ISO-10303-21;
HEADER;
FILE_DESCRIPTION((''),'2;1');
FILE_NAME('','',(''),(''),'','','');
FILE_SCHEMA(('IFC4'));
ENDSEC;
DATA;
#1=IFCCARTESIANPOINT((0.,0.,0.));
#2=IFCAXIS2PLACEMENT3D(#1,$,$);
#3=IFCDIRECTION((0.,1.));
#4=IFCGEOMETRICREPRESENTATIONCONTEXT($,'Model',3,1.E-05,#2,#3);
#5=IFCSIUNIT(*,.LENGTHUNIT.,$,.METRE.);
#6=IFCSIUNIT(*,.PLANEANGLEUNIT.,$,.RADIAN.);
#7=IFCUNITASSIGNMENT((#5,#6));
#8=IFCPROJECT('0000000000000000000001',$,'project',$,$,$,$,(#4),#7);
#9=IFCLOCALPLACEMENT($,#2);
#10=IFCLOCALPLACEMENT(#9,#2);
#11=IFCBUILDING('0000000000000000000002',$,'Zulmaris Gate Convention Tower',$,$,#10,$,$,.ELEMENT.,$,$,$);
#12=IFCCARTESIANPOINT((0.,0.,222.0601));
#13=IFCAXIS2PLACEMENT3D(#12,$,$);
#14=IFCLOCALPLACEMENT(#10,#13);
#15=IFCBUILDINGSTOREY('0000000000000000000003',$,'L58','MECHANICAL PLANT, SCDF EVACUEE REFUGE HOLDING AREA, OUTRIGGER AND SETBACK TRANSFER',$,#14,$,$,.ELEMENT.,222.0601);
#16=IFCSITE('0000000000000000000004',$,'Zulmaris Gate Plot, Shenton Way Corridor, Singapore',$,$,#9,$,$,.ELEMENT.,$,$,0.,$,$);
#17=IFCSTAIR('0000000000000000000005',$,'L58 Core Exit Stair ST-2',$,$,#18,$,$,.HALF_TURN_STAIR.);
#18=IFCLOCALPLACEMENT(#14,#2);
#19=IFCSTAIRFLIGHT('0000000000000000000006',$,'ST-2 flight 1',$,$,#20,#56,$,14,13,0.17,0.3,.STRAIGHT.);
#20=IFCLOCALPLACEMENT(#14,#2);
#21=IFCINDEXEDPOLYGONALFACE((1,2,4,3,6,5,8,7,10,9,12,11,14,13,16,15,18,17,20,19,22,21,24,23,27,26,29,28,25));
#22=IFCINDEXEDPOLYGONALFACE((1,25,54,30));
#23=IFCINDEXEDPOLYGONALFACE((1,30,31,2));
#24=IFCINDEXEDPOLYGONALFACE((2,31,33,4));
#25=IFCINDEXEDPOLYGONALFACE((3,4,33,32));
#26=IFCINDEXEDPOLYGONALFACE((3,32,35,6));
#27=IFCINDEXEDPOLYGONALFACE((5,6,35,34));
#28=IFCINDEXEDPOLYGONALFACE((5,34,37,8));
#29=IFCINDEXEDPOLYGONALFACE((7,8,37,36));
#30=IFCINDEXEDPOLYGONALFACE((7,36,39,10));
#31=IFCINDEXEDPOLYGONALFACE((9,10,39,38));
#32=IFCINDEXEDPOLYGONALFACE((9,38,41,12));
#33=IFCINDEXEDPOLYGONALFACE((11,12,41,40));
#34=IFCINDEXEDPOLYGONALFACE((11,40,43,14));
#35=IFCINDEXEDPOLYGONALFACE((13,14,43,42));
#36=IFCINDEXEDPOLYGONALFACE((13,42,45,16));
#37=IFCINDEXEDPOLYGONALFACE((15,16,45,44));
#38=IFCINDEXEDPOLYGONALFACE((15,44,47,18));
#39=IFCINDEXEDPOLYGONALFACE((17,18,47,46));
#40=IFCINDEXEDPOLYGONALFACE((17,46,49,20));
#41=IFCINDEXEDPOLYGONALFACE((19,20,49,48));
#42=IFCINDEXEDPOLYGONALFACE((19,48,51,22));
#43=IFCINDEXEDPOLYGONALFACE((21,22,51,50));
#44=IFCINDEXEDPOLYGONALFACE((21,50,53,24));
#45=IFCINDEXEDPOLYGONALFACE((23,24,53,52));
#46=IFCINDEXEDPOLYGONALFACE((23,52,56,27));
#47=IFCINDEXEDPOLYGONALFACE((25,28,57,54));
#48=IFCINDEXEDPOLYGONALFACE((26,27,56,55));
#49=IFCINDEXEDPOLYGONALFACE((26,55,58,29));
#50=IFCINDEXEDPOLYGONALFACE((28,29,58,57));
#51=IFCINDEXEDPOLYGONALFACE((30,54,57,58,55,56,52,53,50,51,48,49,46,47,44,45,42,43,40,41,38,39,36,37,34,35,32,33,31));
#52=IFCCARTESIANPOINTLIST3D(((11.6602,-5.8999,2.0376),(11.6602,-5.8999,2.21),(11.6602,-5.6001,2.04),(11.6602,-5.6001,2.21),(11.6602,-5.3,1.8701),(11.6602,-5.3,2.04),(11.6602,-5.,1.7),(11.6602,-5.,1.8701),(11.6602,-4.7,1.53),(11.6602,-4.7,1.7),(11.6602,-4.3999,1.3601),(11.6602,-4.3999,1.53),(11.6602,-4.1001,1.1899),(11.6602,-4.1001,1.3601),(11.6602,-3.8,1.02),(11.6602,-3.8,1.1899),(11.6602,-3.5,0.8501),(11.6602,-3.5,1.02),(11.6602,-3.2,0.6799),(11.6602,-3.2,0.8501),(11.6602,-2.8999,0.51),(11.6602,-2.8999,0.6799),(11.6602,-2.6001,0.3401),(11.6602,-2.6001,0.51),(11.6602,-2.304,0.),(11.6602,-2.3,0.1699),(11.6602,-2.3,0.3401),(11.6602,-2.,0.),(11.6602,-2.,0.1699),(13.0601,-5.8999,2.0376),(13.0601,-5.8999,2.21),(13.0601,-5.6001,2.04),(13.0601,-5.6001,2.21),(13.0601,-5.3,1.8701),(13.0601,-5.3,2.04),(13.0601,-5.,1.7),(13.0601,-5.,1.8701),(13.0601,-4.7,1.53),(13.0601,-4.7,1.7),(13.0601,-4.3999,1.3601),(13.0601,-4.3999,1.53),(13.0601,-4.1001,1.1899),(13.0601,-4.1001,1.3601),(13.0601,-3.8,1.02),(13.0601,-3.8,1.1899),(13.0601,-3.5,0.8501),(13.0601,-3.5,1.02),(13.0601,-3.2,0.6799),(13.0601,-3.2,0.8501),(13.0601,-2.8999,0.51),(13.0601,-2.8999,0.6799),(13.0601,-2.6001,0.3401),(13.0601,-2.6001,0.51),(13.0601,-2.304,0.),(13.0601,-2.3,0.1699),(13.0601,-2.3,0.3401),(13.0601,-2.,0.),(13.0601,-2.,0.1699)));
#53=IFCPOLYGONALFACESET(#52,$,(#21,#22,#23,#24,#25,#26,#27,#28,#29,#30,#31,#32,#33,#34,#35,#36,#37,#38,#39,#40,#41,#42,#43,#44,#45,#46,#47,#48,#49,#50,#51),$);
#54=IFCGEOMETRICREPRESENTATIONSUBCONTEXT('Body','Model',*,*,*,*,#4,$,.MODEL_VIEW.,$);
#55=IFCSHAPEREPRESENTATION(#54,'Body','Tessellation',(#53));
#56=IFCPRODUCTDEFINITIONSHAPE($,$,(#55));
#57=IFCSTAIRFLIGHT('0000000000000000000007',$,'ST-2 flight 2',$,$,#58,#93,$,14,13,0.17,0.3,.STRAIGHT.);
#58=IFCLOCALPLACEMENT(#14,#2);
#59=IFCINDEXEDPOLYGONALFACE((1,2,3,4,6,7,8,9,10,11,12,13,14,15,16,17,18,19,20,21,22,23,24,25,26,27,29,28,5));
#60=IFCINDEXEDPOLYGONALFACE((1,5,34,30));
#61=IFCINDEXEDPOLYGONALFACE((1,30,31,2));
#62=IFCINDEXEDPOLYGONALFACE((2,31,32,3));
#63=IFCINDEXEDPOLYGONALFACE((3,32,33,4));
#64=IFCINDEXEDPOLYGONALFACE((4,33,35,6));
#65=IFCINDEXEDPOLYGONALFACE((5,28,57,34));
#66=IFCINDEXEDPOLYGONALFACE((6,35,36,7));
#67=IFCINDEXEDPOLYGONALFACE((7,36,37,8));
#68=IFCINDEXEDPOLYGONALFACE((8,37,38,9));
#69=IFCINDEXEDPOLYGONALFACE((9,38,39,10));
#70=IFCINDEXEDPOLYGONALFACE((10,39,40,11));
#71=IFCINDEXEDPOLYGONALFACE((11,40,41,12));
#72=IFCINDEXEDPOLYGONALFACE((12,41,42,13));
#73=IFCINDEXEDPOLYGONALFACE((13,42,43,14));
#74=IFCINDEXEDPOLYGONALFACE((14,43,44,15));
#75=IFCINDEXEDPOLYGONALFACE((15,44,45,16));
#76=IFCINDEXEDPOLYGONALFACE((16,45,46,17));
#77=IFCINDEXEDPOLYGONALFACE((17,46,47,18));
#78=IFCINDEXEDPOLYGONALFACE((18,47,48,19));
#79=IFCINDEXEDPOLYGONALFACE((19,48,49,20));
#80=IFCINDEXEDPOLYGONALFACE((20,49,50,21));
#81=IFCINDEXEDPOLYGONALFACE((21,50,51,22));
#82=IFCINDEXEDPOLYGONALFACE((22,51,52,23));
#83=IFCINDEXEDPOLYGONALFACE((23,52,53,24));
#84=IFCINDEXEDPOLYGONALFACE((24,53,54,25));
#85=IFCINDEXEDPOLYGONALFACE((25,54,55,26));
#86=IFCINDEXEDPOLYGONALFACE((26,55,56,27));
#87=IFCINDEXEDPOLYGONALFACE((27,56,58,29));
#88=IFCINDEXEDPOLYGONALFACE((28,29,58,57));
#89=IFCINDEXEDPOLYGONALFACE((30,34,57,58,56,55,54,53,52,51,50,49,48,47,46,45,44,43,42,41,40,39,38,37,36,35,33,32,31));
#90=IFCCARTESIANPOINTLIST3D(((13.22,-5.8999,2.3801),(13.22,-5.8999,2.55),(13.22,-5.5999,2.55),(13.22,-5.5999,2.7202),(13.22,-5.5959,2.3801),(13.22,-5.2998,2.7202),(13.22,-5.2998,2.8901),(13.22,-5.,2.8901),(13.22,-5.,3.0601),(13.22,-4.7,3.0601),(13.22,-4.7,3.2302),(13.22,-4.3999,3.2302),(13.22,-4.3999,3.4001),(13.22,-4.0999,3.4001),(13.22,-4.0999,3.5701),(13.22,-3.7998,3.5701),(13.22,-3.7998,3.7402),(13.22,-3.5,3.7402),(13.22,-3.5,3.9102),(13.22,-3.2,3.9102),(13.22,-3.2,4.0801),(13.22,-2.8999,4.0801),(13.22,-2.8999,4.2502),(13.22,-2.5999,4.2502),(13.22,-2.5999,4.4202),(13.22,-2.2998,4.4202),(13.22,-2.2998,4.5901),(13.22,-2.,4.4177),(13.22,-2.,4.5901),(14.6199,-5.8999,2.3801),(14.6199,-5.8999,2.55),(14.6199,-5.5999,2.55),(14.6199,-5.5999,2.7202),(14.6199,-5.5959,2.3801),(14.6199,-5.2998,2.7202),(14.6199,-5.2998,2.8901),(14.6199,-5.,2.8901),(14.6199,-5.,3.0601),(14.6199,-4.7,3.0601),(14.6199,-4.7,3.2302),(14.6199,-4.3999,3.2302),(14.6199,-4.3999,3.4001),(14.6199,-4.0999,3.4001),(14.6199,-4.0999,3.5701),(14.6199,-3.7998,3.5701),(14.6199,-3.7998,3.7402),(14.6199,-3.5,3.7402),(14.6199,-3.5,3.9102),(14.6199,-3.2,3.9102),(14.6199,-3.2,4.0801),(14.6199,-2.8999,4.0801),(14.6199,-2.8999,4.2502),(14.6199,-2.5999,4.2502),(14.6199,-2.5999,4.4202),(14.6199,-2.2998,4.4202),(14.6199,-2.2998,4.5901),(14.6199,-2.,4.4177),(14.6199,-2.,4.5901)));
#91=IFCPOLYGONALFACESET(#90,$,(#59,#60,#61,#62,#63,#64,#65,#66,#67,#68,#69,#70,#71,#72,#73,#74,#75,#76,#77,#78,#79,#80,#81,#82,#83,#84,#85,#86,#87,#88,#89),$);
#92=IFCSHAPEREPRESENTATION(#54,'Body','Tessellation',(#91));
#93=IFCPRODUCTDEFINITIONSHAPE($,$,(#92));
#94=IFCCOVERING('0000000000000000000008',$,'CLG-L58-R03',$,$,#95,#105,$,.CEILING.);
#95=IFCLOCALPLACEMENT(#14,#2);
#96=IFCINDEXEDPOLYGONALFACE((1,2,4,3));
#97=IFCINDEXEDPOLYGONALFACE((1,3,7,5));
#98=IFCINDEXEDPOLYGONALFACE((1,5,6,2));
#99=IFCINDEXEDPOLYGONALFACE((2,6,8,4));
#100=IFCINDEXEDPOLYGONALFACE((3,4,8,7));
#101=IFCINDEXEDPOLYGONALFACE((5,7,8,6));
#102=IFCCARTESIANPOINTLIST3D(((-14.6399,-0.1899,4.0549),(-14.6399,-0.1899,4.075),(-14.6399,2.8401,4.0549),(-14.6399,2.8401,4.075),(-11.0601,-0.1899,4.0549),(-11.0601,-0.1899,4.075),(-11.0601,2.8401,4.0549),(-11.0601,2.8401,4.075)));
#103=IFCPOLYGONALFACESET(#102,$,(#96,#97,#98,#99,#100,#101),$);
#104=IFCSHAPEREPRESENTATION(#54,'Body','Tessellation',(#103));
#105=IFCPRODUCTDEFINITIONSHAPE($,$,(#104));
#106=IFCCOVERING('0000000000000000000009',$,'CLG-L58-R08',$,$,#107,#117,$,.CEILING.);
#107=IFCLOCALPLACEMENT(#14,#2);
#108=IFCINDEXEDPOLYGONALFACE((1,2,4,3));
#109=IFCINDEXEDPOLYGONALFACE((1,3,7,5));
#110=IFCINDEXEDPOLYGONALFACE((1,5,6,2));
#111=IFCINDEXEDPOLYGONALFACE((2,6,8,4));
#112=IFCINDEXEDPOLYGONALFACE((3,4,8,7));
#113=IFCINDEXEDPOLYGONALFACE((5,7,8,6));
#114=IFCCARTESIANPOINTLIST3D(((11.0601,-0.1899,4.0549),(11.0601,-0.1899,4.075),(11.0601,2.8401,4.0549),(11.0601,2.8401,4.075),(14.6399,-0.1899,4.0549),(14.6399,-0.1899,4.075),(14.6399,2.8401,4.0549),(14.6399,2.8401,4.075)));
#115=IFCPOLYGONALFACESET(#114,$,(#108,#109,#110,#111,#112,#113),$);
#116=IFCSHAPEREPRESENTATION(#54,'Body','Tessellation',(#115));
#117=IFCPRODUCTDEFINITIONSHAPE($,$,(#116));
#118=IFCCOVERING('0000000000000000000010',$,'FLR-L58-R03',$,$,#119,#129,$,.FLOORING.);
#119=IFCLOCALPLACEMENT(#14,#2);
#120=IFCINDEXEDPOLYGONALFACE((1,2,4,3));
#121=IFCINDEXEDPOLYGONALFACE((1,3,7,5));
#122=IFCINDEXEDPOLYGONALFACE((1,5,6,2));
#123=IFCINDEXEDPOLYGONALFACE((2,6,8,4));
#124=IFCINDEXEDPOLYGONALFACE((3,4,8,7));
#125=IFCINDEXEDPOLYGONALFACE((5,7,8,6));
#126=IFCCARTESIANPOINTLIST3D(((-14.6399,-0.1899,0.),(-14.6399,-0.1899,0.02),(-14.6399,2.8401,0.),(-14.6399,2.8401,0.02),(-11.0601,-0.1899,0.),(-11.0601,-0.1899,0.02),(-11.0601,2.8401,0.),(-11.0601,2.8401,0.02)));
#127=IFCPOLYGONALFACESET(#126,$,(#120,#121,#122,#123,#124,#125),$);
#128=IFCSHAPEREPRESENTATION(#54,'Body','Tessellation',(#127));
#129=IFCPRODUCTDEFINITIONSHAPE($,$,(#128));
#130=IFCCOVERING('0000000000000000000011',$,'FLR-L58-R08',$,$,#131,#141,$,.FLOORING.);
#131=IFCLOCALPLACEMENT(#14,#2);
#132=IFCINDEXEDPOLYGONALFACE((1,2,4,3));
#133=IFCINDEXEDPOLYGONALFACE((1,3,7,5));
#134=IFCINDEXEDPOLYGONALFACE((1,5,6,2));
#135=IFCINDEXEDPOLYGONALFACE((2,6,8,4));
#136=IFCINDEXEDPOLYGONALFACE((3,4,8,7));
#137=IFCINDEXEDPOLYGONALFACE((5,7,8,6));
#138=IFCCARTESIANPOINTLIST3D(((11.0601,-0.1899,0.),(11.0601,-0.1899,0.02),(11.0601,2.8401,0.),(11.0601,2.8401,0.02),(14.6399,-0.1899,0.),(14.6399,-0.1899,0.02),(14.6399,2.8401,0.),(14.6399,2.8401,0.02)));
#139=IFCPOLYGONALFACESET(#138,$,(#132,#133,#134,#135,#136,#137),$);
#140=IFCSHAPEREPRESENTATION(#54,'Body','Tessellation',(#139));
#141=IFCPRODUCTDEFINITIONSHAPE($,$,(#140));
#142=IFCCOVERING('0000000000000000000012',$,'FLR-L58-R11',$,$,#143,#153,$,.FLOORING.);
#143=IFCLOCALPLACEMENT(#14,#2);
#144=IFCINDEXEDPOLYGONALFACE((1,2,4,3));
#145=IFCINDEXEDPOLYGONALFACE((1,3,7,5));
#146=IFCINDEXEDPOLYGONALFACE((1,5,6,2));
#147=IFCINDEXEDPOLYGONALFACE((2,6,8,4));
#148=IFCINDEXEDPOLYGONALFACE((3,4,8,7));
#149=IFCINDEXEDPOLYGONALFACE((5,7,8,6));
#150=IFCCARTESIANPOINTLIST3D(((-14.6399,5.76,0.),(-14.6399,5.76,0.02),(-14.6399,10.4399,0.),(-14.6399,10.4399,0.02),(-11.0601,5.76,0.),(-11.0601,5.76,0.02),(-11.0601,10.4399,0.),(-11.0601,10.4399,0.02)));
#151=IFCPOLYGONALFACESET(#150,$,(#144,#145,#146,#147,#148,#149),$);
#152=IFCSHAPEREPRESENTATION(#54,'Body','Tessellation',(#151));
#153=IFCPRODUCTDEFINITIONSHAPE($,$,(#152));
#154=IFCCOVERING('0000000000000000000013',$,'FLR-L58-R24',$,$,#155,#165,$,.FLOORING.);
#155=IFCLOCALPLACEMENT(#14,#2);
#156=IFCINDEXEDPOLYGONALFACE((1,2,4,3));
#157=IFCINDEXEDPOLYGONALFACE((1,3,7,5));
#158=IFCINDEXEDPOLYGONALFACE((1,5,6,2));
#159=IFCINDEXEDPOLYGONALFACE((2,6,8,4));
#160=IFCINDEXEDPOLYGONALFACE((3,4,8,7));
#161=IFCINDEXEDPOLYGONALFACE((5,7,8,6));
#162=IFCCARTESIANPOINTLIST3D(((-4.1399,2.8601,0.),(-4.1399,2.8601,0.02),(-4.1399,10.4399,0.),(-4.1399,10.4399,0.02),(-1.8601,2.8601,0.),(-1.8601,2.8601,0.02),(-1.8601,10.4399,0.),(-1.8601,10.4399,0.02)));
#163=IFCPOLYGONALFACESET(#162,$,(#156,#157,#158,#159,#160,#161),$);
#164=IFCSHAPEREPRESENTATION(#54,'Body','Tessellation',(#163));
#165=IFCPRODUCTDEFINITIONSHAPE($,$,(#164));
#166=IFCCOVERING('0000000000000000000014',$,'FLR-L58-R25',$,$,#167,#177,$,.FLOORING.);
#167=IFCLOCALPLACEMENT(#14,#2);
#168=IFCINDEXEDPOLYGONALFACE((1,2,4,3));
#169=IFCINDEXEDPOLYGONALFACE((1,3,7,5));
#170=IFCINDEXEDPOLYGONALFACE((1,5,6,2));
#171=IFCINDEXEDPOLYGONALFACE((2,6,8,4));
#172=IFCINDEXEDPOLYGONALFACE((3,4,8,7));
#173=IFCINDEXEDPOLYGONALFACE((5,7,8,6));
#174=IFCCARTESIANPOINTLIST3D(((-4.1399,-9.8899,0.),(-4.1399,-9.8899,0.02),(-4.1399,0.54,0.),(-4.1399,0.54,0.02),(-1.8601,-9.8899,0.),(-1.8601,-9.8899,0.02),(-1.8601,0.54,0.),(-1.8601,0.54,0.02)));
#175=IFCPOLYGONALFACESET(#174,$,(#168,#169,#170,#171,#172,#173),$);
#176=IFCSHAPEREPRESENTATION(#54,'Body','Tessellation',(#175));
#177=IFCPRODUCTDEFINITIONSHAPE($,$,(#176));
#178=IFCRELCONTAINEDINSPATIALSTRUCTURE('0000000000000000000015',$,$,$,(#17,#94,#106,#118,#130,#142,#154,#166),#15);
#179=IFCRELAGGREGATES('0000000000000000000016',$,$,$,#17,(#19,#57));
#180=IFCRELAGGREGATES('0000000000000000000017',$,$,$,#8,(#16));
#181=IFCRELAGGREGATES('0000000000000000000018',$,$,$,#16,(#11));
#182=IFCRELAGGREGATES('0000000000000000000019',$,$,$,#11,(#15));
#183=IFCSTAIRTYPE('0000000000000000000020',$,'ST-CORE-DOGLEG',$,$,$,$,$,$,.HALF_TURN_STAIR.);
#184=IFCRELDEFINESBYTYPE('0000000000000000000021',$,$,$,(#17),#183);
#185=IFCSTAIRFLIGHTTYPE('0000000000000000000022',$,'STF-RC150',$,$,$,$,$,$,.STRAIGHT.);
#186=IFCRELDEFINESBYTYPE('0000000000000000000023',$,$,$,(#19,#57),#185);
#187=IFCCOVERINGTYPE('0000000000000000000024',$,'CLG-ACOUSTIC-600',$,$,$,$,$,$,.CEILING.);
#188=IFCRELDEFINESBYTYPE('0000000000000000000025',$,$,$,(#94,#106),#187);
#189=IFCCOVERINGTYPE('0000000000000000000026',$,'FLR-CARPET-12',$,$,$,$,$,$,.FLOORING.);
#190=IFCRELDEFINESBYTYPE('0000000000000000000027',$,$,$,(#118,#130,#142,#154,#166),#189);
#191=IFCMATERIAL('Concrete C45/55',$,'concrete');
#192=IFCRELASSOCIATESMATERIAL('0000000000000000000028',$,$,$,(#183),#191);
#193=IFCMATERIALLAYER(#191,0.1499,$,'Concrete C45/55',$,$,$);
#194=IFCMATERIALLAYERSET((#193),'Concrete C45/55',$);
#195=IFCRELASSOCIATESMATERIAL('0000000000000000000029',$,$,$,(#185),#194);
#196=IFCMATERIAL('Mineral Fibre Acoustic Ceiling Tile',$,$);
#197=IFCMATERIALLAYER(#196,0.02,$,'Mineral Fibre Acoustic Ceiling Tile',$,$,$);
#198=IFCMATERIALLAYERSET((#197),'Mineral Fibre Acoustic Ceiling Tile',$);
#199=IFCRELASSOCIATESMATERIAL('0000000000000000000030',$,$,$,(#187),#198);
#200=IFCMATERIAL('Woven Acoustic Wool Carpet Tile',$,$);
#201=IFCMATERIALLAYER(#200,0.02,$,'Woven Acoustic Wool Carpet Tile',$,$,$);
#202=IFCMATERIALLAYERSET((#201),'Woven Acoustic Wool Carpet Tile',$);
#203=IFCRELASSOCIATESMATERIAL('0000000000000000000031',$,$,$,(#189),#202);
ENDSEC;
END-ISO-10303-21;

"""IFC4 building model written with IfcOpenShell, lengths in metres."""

from ifc_helpers import new_model, si_unit, direction, frame, origin, place, context, subcontext, project, spatial, polyline, outline, extrude, material, layer, layer_set, type_object, element, aggregate, save


model = new_model("IFC4")

# Units and contexts
model_context = context("Model", 3, precision=1e-05, world=origin(), true_north=direction((0.0, 1.0)))
body_context = subcontext(model_context, "Body", "Model", "MODEL_VIEW")
ifc_project = project(units=[si_unit("LENGTHUNIT", "METRE"), si_unit("PLANEANGLEUNIT", "RADIAN")], contexts=[model_context])

# Site, building, storey
site_placement = place(None, origin())
site = spatial("IfcSite", under=ifc_project, at=site_placement, Name="Zulmaris Gate Plot, Shenton Way Corridor, Singapore", CompositionType="ELEMENT", RefElevation=0.0)
building_placement = place(site_placement, origin())
building = spatial("IfcBuilding", under=site, at=building_placement, Name="Zulmaris Gate Convention Tower", CompositionType="ELEMENT")
storey_placement = place(building_placement, frame((0.0, 0.0, 222.0601)))
storey = spatial("IfcBuildingStorey", under=building, at=storey_placement, Name="L58", Description="MECHANICAL PLANT, SCDF EVACUEE REFUGE HOLDING AREA, OUTRIGGER AND SETBACK TRANSFER", CompositionType="ELEMENT", Elevation=222.0601)

# Stair
ifc_material_1 = material(Name="Concrete C45/55", Category="concrete")
stair_type = type_object("IfcStairType", Name="ST-CORE-DOGLEG", PredefinedType="HALF_TURN_STAIR", material=ifc_material_1)
stair_1_placement = place(storey_placement, origin())
stair_1 = element("IfcStair", 1, at=stair_1_placement, inside=storey, type_object=stair_type, Name="L58 Core Exit Stair ST-2", PredefinedType="HALF_TURN_STAIR")

# Stair flights
ifc_layer_1 = layer(ifc_material_1, 0.1499, Name="Concrete C45/55")
ifc_layer_set_1 = layer_set([ifc_layer_1], Name="Concrete C45/55")
stair_flight_type = type_object("IfcStairFlightType", Name="STF-RC150", PredefinedType="STRAIGHT", material=ifc_layer_set_1)
stair_flight_1_placement = place(storey_placement, frame((12.3601, -2.0, 0.0), z_axis=(0.0, 0.0, 1.0), x_axis=(0.0, -1.0, 0.0)))
stair_flight_1 = element("IfcStairFlight", 2, at=stair_flight_1_placement, type_object=stair_flight_type, Name="ST-2 flight 1", NumberOfRisers=14, NumberOfTreads=13, PredefinedType="STRAIGHT", RiserHeight=0.17, TreadLength=0.3, context=body_context, shape_type="SweptSolid", body=[
    extrude(outline(polyline([(0.0, 0.0), (0.0, 0.1699), (0.3, 0.1699), (0.3, 0.3401), (0.6001, 0.3401), (0.6001, 0.51), (0.8999, 0.51), (0.8999, 0.6799), (1.2, 0.6799), (1.2, 0.8501), (1.5, 0.8501), (1.5, 1.02), (1.8, 1.02), (1.8, 1.1899), (2.1001, 1.1899), (2.1001, 1.3601), (2.3999, 1.3601), (2.3999, 1.53), (2.7, 1.53), (2.7, 1.7), (3.0, 1.7), (3.0, 1.8701), (3.3, 1.8701), (3.3, 2.04), (3.6001, 2.04), (3.6001, 2.21), (3.8999, 2.21), (3.8999, 2.3799), (3.8999, 2.0376), (0.304, 0.0), (0.0, 0.0)])), frame((0.0, 0.7, 0.0), z_axis=(0.0, -1.0, 0.0), x_axis=(1.0, 0.0, 0.0)), (0.0, 0.0, 1.0), 1.3999),
])
stair_flight_2_placement = place(storey_placement, frame((13.9199, -5.8999, 2.3801), z_axis=(0.0, 0.0, 1.0), x_axis=(0.0, 1.0, 0.0)))
stair_flight_2 = element("IfcStairFlight", 3, at=stair_flight_2_placement, type_object=stair_flight_type, Name="ST-2 flight 2", NumberOfRisers=14, NumberOfTreads=13, PredefinedType="STRAIGHT", RiserHeight=0.17, TreadLength=0.3, context=body_context, shape_type="SweptSolid", body=[
    extrude(outline(polyline([(0.0, 0.0), (0.0, 0.1699), (0.3, 0.1699), (0.3, 0.3401), (0.6001, 0.3401), (0.6001, 0.51), (0.8999, 0.51), (0.8999, 0.6799), (1.2, 0.6799), (1.2, 0.8501), (1.5, 0.8501), (1.5, 1.02), (1.8, 1.02), (1.8, 1.1899), (2.1001, 1.1899), (2.1001, 1.3601), (2.3999, 1.3601), (2.3999, 1.53), (2.7, 1.53), (2.7, 1.7), (3.0, 1.7), (3.0, 1.8701), (3.3, 1.8701), (3.3, 2.04), (3.6001, 2.04), (3.6001, 2.21), (3.8999, 2.21), (3.8999, 2.3799), (3.8999, 2.0376), (0.304, 0.0), (0.0, 0.0)])), frame((0.0, 0.7, 0.0), z_axis=(0.0, -1.0, 0.0), x_axis=(1.0, 0.0, 0.0)), (0.0, 0.0, 1.0), 1.3999),
])
aggregate(stair_1, [stair_flight_1, stair_flight_2])

# Coverings
ifc_material_2 = material(Name="Mineral Fibre Acoustic Ceiling Tile")
ifc_layer_2 = layer(ifc_material_2, 0.02, Name="Mineral Fibre Acoustic Ceiling Tile")
ifc_layer_set_2 = layer_set([ifc_layer_2], Name="Mineral Fibre Acoustic Ceiling Tile")
covering_type_1 = type_object("IfcCoveringType", Name="CLG-ACOUSTIC-600", PredefinedType="CEILING", material=ifc_layer_set_2)
covering_1_placement = place(storey_placement, frame((0.0, 0.0, 4.0549)))
element("IfcCovering", 4, at=covering_1_placement, inside=storey, type_object=covering_type_1, Name="CLG-L58-R03", PredefinedType="CEILING", context=body_context, shape_type="SweptSolid", body=[
    extrude(outline(polyline([(-14.6399, -0.1899), (-11.0601, -0.1899), (-11.0601, 2.8401), (-14.6399, 2.8401), (-14.6399, -0.1899)])), origin(), (0.0, 0.0, 1.0), 0.02),
])
covering_2_placement = place(storey_placement, frame((0.0, 0.0, 4.0549)))
element("IfcCovering", 5, at=covering_2_placement, inside=storey, type_object=covering_type_1, Name="CLG-L58-R08", PredefinedType="CEILING", context=body_context, shape_type="SweptSolid", body=[
    extrude(outline(polyline([(11.0601, -0.1899), (14.6399, -0.1899), (14.6399, 2.8401), (11.0601, 2.8401), (11.0601, -0.1899)])), origin(), (0.0, 0.0, 1.0), 0.02),
])
ifc_material_3 = material(Name="Woven Acoustic Wool Carpet Tile")
ifc_layer_3 = layer(ifc_material_3, 0.02, Name="Woven Acoustic Wool Carpet Tile")
ifc_layer_set_3 = layer_set([ifc_layer_3], Name="Woven Acoustic Wool Carpet Tile")
covering_type_2 = type_object("IfcCoveringType", Name="FLR-CARPET-12", PredefinedType="FLOORING", material=ifc_layer_set_3)
covering_3_placement = place(storey_placement, origin())
element("IfcCovering", 6, at=covering_3_placement, inside=storey, type_object=covering_type_2, Name="FLR-L58-R03", PredefinedType="FLOORING", context=body_context, shape_type="SweptSolid", body=[
    extrude(outline(polyline([(-14.6399, -0.1899), (-11.0601, -0.1899), (-11.0601, 2.8401), (-14.6399, 2.8401), (-14.6399, -0.1899)])), origin(), (0.0, 0.0, 1.0), 0.02),
])
covering_4_placement = place(storey_placement, origin())
element("IfcCovering", 7, at=covering_4_placement, inside=storey, type_object=covering_type_2, Name="FLR-L58-R08", PredefinedType="FLOORING", context=body_context, shape_type="SweptSolid", body=[
    extrude(outline(polyline([(11.0601, -0.1899), (14.6399, -0.1899), (14.6399, 2.8401), (11.0601, 2.8401), (11.0601, -0.1899)])), origin(), (0.0, 0.0, 1.0), 0.02),
])
covering_5_placement = place(storey_placement, origin())
element("IfcCovering", 8, at=covering_5_placement, inside=storey, type_object=covering_type_2, Name="FLR-L58-R11", PredefinedType="FLOORING", context=body_context, shape_type="SweptSolid", body=[
    extrude(outline(polyline([(-14.6399, 5.76), (-11.0601, 5.76), (-11.0601, 10.4399), (-14.6399, 10.4399), (-14.6399, 5.76)])), origin(), (0.0, 0.0, 1.0), 0.02),
])
covering_6_placement = place(storey_placement, origin())
element("IfcCovering", 9, at=covering_6_placement, inside=storey, type_object=covering_type_2, Name="FLR-L58-R24", PredefinedType="FLOORING", context=body_context, shape_type="SweptSolid", body=[
    extrude(outline(polyline([(-4.1399, 2.8601), (-1.8601, 2.8601), (-1.8601, 10.4399), (-4.1399, 10.4399), (-4.1399, 2.8601)])), origin(), (0.0, 0.0, 1.0), 0.02),
])
covering_7_placement = place(storey_placement, origin())
element("IfcCovering", 10, at=covering_7_placement, inside=storey, type_object=covering_type_2, Name="FLR-L58-R25", PredefinedType="FLOORING", context=body_context, shape_type="SweptSolid", body=[
    extrude(outline(polyline([(-4.1399, -9.8899), (-1.8601, -9.8899), (-1.8601, 0.54), (-4.1399, 0.54), (-4.1399, -9.8899)])), origin(), (0.0, 0.0, 1.0), 0.02),
])

save(model, "model.ifc")
